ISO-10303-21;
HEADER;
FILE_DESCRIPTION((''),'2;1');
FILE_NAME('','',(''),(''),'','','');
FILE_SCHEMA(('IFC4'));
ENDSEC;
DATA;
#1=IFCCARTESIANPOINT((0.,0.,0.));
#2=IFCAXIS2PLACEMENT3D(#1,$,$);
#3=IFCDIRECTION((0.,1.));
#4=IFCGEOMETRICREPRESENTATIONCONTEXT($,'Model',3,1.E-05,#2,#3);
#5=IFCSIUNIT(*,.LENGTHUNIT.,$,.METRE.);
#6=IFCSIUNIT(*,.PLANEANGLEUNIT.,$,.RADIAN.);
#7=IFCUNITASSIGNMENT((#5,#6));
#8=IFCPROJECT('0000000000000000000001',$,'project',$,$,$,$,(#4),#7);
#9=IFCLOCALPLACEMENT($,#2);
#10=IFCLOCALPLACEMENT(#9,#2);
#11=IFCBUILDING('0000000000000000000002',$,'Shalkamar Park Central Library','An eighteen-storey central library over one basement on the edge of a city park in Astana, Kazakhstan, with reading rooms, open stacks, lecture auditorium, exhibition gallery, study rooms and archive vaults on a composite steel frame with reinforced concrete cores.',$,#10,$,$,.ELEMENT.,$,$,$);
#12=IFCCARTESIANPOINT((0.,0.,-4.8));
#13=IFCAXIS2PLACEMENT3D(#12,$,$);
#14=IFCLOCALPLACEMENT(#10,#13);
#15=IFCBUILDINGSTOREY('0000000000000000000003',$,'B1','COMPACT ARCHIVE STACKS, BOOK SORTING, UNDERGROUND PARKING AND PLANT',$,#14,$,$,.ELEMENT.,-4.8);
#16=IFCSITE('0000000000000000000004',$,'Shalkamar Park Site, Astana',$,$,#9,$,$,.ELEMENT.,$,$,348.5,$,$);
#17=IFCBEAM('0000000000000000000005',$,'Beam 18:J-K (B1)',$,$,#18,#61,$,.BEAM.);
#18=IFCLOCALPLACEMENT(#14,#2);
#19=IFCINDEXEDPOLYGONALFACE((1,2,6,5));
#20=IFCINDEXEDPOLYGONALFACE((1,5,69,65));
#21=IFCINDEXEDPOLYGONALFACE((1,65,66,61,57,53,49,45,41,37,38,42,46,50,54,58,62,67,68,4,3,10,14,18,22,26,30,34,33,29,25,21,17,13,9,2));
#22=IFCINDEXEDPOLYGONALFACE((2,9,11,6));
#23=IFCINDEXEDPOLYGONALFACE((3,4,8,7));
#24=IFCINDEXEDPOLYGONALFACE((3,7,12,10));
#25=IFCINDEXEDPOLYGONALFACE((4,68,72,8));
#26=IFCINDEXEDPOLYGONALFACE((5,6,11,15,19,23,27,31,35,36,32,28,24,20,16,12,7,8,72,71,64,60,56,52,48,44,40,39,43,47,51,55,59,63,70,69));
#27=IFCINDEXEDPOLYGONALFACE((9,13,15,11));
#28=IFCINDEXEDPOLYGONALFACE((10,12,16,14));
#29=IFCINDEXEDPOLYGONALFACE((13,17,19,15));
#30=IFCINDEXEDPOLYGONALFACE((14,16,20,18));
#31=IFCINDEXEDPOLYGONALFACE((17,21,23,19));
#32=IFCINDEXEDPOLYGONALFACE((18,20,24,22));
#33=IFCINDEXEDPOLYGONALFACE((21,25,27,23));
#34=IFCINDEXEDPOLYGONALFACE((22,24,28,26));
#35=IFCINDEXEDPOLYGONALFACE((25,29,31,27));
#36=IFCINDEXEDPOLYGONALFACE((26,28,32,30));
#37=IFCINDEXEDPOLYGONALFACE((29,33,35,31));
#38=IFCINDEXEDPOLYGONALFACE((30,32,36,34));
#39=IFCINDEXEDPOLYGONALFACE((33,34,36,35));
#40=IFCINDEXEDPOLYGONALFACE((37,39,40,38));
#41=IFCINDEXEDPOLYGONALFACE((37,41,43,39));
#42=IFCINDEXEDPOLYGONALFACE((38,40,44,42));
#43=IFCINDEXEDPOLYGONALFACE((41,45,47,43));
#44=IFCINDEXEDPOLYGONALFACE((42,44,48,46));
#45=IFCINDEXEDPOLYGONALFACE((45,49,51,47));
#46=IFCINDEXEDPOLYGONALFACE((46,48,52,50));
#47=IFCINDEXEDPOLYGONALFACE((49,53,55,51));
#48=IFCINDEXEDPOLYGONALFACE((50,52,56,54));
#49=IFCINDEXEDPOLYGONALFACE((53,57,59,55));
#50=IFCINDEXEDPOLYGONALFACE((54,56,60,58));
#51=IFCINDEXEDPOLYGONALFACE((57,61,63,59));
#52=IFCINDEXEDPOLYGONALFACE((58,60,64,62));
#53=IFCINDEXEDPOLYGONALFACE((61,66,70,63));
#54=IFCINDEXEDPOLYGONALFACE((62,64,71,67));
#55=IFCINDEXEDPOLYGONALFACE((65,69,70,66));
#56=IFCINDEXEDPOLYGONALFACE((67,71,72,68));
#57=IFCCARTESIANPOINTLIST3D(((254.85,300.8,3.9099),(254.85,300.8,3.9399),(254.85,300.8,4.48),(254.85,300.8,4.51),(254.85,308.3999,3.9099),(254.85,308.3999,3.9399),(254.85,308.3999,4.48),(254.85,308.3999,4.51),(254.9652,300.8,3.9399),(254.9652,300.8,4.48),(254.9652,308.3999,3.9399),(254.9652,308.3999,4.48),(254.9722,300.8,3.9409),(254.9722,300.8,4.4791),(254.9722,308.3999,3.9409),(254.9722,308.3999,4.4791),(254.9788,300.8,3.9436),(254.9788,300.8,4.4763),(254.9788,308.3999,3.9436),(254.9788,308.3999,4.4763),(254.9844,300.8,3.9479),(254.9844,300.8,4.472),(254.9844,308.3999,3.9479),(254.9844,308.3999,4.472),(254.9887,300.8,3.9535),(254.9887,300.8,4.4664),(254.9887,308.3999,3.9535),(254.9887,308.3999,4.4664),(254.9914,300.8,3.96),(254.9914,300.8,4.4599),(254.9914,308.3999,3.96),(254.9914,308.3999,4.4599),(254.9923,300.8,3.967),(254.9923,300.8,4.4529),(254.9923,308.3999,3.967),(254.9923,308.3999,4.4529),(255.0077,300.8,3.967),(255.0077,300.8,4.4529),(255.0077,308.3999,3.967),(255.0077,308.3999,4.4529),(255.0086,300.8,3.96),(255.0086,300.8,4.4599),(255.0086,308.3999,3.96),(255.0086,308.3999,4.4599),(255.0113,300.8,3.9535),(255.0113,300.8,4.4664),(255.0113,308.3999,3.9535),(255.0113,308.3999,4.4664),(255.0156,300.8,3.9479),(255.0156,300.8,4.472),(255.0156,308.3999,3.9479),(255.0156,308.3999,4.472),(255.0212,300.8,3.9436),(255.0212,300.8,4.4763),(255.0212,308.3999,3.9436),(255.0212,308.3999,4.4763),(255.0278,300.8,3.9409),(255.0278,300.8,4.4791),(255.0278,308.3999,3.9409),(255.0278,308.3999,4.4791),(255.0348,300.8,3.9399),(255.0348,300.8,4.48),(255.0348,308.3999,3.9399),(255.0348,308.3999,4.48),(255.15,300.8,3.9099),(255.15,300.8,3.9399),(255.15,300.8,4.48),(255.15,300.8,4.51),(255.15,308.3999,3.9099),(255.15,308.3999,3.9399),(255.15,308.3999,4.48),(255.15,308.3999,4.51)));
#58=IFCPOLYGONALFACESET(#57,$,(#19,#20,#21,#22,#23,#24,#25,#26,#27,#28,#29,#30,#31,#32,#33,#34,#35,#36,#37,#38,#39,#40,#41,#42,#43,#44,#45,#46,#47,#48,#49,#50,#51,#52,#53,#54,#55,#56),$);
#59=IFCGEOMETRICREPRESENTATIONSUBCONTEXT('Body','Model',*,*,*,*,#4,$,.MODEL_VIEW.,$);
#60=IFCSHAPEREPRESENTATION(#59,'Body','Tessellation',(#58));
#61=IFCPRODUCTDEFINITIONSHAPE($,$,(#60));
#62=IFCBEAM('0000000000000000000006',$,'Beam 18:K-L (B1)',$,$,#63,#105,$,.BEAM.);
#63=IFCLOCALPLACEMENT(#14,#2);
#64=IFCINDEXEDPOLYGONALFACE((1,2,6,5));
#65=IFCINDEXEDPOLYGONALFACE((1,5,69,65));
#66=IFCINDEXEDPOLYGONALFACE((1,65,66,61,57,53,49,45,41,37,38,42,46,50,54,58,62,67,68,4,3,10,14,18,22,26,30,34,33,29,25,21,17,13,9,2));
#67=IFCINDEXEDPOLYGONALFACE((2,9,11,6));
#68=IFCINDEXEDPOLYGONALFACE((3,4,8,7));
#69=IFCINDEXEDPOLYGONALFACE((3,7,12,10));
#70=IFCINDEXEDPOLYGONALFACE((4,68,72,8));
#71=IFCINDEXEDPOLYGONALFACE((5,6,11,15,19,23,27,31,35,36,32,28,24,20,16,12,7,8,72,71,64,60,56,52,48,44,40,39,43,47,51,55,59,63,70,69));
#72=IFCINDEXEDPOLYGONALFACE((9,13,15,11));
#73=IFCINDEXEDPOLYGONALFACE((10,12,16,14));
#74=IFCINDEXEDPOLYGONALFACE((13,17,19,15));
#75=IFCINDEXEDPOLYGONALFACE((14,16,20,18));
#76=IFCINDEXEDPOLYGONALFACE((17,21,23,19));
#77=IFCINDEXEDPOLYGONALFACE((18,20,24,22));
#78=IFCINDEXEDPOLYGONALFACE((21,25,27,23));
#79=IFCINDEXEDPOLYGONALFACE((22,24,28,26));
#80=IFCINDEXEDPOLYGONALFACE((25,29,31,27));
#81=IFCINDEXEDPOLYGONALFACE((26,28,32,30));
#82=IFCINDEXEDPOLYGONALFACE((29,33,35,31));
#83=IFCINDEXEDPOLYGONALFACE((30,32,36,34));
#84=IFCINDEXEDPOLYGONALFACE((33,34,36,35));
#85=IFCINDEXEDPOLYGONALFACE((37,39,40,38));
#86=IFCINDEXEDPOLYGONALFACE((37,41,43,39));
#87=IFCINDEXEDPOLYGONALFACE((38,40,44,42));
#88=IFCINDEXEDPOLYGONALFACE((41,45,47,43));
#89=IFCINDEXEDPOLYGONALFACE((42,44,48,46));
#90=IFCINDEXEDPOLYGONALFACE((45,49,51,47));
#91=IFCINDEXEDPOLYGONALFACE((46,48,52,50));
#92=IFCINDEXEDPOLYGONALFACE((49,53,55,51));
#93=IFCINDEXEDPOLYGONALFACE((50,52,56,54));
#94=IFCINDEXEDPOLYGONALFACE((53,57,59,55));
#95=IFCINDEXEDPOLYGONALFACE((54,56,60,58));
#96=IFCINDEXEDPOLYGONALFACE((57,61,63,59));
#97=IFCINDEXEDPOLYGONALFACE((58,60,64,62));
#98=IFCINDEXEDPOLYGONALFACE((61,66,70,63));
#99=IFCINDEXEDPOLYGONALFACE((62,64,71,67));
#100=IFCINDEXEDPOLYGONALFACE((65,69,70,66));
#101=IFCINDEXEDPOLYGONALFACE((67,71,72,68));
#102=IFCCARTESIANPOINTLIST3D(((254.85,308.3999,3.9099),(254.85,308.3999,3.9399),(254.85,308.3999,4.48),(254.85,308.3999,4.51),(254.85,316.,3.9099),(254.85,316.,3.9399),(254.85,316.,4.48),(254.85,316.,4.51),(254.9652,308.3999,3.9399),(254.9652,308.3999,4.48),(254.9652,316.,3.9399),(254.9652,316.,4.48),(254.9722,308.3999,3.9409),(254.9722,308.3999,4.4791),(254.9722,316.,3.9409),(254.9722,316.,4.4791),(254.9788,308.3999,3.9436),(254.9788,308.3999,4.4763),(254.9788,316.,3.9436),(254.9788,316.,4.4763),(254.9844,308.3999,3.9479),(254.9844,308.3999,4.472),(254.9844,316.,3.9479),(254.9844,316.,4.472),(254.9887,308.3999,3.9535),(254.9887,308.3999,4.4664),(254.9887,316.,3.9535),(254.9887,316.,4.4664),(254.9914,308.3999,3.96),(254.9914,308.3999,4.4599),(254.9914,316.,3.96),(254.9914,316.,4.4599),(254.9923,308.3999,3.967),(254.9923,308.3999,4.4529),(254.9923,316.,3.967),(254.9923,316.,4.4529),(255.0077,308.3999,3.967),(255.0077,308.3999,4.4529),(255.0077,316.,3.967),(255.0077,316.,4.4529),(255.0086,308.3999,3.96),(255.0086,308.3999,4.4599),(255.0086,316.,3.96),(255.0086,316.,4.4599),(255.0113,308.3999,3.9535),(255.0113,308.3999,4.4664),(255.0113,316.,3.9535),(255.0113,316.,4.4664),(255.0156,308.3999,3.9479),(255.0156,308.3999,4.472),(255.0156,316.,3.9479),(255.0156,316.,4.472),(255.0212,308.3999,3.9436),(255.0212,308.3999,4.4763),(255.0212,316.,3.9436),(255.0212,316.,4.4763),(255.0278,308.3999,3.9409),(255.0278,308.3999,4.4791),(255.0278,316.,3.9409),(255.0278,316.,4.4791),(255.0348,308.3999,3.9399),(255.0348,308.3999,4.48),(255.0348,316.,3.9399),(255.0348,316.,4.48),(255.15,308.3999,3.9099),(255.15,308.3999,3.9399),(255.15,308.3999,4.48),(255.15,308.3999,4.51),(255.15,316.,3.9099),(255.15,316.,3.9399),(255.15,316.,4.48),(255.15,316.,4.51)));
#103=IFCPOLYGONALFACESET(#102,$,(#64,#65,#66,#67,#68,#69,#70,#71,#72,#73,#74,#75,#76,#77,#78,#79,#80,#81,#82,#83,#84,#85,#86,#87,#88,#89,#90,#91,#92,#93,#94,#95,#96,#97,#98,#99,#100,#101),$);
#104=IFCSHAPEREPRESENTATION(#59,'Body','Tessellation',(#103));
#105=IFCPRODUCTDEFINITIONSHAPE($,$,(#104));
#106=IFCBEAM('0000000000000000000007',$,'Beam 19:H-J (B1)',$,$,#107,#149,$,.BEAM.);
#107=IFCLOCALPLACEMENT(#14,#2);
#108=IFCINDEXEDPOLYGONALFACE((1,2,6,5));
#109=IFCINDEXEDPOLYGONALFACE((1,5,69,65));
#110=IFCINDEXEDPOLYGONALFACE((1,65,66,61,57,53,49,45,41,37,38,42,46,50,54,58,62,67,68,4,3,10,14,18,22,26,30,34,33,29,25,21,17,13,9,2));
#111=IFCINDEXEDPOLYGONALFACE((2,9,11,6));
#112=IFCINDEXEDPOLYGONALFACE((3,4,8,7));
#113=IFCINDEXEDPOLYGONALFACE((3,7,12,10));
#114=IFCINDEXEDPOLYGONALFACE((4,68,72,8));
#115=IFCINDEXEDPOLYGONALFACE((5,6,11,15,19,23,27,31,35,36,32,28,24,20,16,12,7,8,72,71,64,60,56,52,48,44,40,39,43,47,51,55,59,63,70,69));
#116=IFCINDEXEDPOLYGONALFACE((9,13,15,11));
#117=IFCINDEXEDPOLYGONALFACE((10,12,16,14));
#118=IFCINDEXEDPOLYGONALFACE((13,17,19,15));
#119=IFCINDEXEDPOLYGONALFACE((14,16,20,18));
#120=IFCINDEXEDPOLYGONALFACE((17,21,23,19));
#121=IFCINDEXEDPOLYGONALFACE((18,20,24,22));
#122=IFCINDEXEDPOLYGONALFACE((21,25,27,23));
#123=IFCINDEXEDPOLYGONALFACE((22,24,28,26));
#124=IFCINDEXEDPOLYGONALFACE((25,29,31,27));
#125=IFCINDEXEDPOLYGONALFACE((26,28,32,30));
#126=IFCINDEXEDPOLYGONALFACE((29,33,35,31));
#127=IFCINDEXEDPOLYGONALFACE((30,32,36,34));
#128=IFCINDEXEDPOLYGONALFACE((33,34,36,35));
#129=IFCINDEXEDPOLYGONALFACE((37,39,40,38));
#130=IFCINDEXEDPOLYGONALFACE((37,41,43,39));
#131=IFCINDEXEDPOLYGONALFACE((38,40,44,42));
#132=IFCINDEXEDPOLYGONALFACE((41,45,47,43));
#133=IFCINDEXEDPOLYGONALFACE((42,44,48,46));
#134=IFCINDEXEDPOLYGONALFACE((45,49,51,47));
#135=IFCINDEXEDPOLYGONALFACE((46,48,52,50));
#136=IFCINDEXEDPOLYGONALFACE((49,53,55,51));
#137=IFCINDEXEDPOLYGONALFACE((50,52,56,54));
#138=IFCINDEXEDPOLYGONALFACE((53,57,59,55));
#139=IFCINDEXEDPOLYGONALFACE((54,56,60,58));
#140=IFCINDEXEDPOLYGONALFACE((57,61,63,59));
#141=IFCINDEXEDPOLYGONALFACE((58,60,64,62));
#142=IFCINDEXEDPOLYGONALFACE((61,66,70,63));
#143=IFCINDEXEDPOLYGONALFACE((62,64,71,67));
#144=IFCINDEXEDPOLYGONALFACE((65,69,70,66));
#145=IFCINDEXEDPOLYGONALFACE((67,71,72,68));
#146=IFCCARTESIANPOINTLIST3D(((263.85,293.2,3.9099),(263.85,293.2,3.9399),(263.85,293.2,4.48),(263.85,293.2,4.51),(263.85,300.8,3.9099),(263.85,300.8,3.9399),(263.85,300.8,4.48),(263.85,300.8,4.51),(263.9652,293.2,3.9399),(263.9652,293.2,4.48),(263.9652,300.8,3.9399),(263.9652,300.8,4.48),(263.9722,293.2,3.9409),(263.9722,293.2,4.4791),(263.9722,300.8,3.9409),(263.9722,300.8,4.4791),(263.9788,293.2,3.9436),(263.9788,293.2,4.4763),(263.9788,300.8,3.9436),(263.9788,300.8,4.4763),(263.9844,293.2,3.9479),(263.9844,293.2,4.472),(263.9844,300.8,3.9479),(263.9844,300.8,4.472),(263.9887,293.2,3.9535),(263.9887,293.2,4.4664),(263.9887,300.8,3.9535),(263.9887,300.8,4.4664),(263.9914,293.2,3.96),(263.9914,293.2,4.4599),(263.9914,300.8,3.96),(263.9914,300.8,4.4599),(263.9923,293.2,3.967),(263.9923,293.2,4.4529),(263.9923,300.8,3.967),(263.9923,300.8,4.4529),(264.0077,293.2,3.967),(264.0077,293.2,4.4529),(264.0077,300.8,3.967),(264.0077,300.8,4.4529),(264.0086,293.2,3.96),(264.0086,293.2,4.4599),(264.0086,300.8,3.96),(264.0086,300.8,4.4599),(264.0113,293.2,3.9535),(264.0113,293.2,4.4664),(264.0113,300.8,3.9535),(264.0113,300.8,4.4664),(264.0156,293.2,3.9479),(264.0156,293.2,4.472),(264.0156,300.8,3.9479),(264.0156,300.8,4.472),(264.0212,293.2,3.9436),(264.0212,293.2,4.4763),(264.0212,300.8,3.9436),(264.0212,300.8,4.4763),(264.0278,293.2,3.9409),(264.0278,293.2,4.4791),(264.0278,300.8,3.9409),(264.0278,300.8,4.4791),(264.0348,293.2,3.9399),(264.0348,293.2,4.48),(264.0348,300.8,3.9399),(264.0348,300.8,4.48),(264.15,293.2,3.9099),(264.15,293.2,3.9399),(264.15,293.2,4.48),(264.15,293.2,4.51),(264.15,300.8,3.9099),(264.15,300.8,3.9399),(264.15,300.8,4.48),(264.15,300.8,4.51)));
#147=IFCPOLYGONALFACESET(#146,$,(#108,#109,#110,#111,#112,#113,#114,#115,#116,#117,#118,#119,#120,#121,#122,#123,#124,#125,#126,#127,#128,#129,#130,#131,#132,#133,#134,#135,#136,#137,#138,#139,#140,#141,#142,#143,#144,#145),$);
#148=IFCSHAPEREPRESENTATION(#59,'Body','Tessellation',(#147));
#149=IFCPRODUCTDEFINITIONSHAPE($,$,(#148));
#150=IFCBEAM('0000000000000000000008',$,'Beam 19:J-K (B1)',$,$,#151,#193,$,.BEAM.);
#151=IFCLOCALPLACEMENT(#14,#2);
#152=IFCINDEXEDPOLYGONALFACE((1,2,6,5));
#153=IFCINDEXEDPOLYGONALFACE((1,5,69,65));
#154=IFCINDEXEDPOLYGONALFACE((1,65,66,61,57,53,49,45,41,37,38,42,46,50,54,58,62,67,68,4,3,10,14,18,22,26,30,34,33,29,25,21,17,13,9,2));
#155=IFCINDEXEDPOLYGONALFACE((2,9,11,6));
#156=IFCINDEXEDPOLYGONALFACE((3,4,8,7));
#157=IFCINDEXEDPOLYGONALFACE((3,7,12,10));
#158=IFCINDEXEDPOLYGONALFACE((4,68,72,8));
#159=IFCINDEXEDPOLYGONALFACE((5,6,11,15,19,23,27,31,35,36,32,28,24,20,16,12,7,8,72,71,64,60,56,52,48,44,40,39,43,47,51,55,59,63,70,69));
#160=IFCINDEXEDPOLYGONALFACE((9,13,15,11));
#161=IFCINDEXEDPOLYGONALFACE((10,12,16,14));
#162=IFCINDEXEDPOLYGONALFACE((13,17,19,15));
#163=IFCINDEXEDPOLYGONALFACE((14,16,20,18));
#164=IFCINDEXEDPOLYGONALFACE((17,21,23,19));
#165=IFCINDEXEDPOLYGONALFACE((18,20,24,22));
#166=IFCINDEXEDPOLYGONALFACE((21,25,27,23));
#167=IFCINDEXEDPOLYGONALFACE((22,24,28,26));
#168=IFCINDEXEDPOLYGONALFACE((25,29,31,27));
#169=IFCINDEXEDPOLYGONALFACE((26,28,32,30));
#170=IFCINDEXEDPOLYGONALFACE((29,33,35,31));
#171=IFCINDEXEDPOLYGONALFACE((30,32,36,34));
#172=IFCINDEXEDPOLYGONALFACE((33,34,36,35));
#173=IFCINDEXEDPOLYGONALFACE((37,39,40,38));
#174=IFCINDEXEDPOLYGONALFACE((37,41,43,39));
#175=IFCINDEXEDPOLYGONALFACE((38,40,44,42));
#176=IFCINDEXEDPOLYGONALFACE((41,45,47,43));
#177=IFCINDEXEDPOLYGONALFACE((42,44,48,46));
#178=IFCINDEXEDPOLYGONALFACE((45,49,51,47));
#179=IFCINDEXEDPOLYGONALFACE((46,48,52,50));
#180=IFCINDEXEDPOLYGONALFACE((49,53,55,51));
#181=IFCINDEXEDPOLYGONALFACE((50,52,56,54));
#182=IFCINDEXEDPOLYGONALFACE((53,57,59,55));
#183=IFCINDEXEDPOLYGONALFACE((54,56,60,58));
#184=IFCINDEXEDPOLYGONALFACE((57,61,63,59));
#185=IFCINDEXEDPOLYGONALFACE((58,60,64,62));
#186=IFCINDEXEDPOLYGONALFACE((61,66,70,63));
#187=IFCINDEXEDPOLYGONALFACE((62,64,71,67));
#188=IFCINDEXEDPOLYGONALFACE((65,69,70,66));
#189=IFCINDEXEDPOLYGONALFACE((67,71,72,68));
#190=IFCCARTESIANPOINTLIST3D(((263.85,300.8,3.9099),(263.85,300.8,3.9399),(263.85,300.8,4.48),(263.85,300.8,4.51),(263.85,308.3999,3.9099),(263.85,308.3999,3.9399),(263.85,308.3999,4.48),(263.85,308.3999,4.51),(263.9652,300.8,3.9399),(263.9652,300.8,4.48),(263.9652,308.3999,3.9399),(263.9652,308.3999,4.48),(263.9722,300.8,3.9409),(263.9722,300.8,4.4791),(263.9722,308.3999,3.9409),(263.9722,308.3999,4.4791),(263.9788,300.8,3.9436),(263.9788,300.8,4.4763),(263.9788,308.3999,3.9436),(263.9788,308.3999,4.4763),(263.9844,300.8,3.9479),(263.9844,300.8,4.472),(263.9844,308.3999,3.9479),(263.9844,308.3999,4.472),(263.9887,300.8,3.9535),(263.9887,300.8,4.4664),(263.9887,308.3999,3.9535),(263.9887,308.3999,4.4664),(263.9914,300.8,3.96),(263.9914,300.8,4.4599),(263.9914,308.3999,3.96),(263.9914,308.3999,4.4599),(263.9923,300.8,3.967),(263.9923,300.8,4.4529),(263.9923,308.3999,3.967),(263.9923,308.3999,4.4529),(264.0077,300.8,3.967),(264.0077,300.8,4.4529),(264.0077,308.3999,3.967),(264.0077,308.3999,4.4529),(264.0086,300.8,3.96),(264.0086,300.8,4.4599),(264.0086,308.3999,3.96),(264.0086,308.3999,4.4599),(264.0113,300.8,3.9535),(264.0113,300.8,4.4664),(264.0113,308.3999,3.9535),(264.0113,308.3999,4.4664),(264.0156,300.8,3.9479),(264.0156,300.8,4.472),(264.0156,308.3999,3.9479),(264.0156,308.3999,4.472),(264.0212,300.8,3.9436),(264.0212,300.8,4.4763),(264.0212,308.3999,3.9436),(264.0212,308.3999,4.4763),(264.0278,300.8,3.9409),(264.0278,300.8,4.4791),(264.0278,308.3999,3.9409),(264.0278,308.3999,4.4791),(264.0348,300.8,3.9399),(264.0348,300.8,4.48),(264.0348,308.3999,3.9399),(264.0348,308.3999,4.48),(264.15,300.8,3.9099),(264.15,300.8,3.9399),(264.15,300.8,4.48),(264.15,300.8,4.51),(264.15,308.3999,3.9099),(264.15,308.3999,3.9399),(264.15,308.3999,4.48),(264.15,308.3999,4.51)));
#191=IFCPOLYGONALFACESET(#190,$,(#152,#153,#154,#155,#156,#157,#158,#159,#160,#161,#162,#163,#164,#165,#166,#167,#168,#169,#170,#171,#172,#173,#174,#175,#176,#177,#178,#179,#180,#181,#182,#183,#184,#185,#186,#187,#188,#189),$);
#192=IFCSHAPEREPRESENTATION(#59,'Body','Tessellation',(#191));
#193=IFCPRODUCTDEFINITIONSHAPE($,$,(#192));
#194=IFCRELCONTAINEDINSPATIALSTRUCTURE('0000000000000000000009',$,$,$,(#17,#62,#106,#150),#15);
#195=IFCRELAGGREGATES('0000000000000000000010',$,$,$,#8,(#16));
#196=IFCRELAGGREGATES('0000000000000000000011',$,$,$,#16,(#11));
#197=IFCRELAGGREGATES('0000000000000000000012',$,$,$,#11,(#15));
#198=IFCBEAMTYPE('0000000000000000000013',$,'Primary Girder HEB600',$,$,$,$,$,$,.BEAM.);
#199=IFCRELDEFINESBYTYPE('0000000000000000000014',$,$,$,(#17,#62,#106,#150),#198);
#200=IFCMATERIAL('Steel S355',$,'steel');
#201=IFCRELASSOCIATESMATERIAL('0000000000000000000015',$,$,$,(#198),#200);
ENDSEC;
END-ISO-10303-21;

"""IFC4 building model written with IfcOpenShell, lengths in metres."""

from ifc_helpers import new_model, si_unit, direction, frame, origin, origin_2d, place, context, subcontext, project, spatial, i_section, extrude, material, material_profile, profile_set, type_object, element, save


model = new_model("IFC4")

# Units and contexts
model_context = context("Model", 3, precision=1e-05, world=origin(), true_north=direction((0.0, 1.0)))
body_context = subcontext(model_context, "Body", "Model", "MODEL_VIEW")
ifc_project = project(units=[si_unit("LENGTHUNIT", "METRE"), si_unit("PLANEANGLEUNIT", "RADIAN")], contexts=[model_context])

# Site, building, storey
site_placement = place(None, origin())
site = spatial("IfcSite", under=ifc_project, at=site_placement, Name="Shalkamar Park Site, Astana", CompositionType="ELEMENT", RefElevation=348.5)
building_placement = place(site_placement, origin())
building = spatial("IfcBuilding", under=site, at=building_placement, Name="Shalkamar Park Central Library", Description="An eighteen-storey central library over one basement on the edge of a city park in Astana, Kazakhstan, with reading rooms, open stacks, lecture auditorium, exhibition gallery, study rooms and archive vaults on a composite steel frame with reinforced concrete cores.", CompositionType="ELEMENT")
storey_placement = place(building_placement, frame((0.0, 0.0, -4.8)))
storey = spatial("IfcBuildingStorey", under=building, at=storey_placement, Name="B1", Description="COMPACT ARCHIVE STACKS, BOOK SORTING, UNDERGROUND PARKING AND PLANT", CompositionType="ELEMENT", Elevation=-4.8)

# Shared definitions
ifc_material_1 = material(Name="Steel S355", Category="steel")

# Beams
ifc_material_profile_1 = material_profile(ifc_material_1, i_section(OverallWidth=0.3, OverallDepth=0.6001, WebThickness=0.0154, FlangeThickness=0.03, FilletRadius=0.0271, at=origin_2d()), Name="HEB 600")
ifc_profile_set_1 = profile_set([ifc_material_profile_1], Name="Steel S355")
beam_type_1 = type_object("IfcBeamType", Name="Primary Girder HEB600", PredefinedType="BEAM", material=ifc_profile_set_1)
beam_1_placement = place(storey_placement, frame((255.0, 300.8, 4.21), z_axis=(0.0, 1.0, 0.0), x_axis=(-1.0, 0.0, 0.0)))
element("IfcBeam", 1, at=beam_1_placement, inside=storey, type_object=beam_type_1, Name="Beam 18:J-K (B1)", PredefinedType="BEAM", context=body_context, shape_type="SweptSolid", body=[
    extrude(i_section(OverallWidth=0.3, OverallDepth=0.6001, WebThickness=0.0154, FlangeThickness=0.03, FilletRadius=0.0271, at=origin_2d()), origin(), (0.0, 0.0, 1.0), 7.5999),
])
for number, where, z_axis, x_axis, name in (
    (2, (255.0, 308.3999, 4.21), (0.0, 1.0, 0.0), (-1.0, 0.0, 0.0), "Beam 18:K-L (B1)"),
    (3, (264.0, 293.2, 4.21), (0.0, 1.0, 0.0), (-1.0, 0.0, 0.0), "Beam 19:H-J (B1)"),
):
    element("IfcBeam", number, at=place(storey_placement, frame(where, z_axis=z_axis, x_axis=x_axis)), inside=storey, type_object=beam_type_1, Name=name, PredefinedType="BEAM", context=body_context, shape_type="SweptSolid", body=[
        extrude(i_section(OverallWidth=0.3, OverallDepth=0.6001, WebThickness=0.0154, FlangeThickness=0.03, FilletRadius=0.0271, at=origin_2d()), origin(), (0.0, 0.0, 1.0), 7.6001),
    ])
beam_2_placement = place(storey_placement, frame((264.0, 300.8, 4.21), z_axis=(0.0, 1.0, 0.0), x_axis=(-1.0, 0.0, 0.0)))
element("IfcBeam", 4, at=beam_2_placement, inside=storey, type_object=beam_type_1, Name="Beam 19:J-K (B1)", PredefinedType="BEAM", context=body_context, shape_type="SweptSolid", body=[
    extrude(i_section(OverallWidth=0.3, OverallDepth=0.6001, WebThickness=0.0154, FlangeThickness=0.03, FilletRadius=0.0271, at=origin_2d()), origin(), (0.0, 0.0, 1.0), 7.5999),
])

save(model, "model.ifc")
